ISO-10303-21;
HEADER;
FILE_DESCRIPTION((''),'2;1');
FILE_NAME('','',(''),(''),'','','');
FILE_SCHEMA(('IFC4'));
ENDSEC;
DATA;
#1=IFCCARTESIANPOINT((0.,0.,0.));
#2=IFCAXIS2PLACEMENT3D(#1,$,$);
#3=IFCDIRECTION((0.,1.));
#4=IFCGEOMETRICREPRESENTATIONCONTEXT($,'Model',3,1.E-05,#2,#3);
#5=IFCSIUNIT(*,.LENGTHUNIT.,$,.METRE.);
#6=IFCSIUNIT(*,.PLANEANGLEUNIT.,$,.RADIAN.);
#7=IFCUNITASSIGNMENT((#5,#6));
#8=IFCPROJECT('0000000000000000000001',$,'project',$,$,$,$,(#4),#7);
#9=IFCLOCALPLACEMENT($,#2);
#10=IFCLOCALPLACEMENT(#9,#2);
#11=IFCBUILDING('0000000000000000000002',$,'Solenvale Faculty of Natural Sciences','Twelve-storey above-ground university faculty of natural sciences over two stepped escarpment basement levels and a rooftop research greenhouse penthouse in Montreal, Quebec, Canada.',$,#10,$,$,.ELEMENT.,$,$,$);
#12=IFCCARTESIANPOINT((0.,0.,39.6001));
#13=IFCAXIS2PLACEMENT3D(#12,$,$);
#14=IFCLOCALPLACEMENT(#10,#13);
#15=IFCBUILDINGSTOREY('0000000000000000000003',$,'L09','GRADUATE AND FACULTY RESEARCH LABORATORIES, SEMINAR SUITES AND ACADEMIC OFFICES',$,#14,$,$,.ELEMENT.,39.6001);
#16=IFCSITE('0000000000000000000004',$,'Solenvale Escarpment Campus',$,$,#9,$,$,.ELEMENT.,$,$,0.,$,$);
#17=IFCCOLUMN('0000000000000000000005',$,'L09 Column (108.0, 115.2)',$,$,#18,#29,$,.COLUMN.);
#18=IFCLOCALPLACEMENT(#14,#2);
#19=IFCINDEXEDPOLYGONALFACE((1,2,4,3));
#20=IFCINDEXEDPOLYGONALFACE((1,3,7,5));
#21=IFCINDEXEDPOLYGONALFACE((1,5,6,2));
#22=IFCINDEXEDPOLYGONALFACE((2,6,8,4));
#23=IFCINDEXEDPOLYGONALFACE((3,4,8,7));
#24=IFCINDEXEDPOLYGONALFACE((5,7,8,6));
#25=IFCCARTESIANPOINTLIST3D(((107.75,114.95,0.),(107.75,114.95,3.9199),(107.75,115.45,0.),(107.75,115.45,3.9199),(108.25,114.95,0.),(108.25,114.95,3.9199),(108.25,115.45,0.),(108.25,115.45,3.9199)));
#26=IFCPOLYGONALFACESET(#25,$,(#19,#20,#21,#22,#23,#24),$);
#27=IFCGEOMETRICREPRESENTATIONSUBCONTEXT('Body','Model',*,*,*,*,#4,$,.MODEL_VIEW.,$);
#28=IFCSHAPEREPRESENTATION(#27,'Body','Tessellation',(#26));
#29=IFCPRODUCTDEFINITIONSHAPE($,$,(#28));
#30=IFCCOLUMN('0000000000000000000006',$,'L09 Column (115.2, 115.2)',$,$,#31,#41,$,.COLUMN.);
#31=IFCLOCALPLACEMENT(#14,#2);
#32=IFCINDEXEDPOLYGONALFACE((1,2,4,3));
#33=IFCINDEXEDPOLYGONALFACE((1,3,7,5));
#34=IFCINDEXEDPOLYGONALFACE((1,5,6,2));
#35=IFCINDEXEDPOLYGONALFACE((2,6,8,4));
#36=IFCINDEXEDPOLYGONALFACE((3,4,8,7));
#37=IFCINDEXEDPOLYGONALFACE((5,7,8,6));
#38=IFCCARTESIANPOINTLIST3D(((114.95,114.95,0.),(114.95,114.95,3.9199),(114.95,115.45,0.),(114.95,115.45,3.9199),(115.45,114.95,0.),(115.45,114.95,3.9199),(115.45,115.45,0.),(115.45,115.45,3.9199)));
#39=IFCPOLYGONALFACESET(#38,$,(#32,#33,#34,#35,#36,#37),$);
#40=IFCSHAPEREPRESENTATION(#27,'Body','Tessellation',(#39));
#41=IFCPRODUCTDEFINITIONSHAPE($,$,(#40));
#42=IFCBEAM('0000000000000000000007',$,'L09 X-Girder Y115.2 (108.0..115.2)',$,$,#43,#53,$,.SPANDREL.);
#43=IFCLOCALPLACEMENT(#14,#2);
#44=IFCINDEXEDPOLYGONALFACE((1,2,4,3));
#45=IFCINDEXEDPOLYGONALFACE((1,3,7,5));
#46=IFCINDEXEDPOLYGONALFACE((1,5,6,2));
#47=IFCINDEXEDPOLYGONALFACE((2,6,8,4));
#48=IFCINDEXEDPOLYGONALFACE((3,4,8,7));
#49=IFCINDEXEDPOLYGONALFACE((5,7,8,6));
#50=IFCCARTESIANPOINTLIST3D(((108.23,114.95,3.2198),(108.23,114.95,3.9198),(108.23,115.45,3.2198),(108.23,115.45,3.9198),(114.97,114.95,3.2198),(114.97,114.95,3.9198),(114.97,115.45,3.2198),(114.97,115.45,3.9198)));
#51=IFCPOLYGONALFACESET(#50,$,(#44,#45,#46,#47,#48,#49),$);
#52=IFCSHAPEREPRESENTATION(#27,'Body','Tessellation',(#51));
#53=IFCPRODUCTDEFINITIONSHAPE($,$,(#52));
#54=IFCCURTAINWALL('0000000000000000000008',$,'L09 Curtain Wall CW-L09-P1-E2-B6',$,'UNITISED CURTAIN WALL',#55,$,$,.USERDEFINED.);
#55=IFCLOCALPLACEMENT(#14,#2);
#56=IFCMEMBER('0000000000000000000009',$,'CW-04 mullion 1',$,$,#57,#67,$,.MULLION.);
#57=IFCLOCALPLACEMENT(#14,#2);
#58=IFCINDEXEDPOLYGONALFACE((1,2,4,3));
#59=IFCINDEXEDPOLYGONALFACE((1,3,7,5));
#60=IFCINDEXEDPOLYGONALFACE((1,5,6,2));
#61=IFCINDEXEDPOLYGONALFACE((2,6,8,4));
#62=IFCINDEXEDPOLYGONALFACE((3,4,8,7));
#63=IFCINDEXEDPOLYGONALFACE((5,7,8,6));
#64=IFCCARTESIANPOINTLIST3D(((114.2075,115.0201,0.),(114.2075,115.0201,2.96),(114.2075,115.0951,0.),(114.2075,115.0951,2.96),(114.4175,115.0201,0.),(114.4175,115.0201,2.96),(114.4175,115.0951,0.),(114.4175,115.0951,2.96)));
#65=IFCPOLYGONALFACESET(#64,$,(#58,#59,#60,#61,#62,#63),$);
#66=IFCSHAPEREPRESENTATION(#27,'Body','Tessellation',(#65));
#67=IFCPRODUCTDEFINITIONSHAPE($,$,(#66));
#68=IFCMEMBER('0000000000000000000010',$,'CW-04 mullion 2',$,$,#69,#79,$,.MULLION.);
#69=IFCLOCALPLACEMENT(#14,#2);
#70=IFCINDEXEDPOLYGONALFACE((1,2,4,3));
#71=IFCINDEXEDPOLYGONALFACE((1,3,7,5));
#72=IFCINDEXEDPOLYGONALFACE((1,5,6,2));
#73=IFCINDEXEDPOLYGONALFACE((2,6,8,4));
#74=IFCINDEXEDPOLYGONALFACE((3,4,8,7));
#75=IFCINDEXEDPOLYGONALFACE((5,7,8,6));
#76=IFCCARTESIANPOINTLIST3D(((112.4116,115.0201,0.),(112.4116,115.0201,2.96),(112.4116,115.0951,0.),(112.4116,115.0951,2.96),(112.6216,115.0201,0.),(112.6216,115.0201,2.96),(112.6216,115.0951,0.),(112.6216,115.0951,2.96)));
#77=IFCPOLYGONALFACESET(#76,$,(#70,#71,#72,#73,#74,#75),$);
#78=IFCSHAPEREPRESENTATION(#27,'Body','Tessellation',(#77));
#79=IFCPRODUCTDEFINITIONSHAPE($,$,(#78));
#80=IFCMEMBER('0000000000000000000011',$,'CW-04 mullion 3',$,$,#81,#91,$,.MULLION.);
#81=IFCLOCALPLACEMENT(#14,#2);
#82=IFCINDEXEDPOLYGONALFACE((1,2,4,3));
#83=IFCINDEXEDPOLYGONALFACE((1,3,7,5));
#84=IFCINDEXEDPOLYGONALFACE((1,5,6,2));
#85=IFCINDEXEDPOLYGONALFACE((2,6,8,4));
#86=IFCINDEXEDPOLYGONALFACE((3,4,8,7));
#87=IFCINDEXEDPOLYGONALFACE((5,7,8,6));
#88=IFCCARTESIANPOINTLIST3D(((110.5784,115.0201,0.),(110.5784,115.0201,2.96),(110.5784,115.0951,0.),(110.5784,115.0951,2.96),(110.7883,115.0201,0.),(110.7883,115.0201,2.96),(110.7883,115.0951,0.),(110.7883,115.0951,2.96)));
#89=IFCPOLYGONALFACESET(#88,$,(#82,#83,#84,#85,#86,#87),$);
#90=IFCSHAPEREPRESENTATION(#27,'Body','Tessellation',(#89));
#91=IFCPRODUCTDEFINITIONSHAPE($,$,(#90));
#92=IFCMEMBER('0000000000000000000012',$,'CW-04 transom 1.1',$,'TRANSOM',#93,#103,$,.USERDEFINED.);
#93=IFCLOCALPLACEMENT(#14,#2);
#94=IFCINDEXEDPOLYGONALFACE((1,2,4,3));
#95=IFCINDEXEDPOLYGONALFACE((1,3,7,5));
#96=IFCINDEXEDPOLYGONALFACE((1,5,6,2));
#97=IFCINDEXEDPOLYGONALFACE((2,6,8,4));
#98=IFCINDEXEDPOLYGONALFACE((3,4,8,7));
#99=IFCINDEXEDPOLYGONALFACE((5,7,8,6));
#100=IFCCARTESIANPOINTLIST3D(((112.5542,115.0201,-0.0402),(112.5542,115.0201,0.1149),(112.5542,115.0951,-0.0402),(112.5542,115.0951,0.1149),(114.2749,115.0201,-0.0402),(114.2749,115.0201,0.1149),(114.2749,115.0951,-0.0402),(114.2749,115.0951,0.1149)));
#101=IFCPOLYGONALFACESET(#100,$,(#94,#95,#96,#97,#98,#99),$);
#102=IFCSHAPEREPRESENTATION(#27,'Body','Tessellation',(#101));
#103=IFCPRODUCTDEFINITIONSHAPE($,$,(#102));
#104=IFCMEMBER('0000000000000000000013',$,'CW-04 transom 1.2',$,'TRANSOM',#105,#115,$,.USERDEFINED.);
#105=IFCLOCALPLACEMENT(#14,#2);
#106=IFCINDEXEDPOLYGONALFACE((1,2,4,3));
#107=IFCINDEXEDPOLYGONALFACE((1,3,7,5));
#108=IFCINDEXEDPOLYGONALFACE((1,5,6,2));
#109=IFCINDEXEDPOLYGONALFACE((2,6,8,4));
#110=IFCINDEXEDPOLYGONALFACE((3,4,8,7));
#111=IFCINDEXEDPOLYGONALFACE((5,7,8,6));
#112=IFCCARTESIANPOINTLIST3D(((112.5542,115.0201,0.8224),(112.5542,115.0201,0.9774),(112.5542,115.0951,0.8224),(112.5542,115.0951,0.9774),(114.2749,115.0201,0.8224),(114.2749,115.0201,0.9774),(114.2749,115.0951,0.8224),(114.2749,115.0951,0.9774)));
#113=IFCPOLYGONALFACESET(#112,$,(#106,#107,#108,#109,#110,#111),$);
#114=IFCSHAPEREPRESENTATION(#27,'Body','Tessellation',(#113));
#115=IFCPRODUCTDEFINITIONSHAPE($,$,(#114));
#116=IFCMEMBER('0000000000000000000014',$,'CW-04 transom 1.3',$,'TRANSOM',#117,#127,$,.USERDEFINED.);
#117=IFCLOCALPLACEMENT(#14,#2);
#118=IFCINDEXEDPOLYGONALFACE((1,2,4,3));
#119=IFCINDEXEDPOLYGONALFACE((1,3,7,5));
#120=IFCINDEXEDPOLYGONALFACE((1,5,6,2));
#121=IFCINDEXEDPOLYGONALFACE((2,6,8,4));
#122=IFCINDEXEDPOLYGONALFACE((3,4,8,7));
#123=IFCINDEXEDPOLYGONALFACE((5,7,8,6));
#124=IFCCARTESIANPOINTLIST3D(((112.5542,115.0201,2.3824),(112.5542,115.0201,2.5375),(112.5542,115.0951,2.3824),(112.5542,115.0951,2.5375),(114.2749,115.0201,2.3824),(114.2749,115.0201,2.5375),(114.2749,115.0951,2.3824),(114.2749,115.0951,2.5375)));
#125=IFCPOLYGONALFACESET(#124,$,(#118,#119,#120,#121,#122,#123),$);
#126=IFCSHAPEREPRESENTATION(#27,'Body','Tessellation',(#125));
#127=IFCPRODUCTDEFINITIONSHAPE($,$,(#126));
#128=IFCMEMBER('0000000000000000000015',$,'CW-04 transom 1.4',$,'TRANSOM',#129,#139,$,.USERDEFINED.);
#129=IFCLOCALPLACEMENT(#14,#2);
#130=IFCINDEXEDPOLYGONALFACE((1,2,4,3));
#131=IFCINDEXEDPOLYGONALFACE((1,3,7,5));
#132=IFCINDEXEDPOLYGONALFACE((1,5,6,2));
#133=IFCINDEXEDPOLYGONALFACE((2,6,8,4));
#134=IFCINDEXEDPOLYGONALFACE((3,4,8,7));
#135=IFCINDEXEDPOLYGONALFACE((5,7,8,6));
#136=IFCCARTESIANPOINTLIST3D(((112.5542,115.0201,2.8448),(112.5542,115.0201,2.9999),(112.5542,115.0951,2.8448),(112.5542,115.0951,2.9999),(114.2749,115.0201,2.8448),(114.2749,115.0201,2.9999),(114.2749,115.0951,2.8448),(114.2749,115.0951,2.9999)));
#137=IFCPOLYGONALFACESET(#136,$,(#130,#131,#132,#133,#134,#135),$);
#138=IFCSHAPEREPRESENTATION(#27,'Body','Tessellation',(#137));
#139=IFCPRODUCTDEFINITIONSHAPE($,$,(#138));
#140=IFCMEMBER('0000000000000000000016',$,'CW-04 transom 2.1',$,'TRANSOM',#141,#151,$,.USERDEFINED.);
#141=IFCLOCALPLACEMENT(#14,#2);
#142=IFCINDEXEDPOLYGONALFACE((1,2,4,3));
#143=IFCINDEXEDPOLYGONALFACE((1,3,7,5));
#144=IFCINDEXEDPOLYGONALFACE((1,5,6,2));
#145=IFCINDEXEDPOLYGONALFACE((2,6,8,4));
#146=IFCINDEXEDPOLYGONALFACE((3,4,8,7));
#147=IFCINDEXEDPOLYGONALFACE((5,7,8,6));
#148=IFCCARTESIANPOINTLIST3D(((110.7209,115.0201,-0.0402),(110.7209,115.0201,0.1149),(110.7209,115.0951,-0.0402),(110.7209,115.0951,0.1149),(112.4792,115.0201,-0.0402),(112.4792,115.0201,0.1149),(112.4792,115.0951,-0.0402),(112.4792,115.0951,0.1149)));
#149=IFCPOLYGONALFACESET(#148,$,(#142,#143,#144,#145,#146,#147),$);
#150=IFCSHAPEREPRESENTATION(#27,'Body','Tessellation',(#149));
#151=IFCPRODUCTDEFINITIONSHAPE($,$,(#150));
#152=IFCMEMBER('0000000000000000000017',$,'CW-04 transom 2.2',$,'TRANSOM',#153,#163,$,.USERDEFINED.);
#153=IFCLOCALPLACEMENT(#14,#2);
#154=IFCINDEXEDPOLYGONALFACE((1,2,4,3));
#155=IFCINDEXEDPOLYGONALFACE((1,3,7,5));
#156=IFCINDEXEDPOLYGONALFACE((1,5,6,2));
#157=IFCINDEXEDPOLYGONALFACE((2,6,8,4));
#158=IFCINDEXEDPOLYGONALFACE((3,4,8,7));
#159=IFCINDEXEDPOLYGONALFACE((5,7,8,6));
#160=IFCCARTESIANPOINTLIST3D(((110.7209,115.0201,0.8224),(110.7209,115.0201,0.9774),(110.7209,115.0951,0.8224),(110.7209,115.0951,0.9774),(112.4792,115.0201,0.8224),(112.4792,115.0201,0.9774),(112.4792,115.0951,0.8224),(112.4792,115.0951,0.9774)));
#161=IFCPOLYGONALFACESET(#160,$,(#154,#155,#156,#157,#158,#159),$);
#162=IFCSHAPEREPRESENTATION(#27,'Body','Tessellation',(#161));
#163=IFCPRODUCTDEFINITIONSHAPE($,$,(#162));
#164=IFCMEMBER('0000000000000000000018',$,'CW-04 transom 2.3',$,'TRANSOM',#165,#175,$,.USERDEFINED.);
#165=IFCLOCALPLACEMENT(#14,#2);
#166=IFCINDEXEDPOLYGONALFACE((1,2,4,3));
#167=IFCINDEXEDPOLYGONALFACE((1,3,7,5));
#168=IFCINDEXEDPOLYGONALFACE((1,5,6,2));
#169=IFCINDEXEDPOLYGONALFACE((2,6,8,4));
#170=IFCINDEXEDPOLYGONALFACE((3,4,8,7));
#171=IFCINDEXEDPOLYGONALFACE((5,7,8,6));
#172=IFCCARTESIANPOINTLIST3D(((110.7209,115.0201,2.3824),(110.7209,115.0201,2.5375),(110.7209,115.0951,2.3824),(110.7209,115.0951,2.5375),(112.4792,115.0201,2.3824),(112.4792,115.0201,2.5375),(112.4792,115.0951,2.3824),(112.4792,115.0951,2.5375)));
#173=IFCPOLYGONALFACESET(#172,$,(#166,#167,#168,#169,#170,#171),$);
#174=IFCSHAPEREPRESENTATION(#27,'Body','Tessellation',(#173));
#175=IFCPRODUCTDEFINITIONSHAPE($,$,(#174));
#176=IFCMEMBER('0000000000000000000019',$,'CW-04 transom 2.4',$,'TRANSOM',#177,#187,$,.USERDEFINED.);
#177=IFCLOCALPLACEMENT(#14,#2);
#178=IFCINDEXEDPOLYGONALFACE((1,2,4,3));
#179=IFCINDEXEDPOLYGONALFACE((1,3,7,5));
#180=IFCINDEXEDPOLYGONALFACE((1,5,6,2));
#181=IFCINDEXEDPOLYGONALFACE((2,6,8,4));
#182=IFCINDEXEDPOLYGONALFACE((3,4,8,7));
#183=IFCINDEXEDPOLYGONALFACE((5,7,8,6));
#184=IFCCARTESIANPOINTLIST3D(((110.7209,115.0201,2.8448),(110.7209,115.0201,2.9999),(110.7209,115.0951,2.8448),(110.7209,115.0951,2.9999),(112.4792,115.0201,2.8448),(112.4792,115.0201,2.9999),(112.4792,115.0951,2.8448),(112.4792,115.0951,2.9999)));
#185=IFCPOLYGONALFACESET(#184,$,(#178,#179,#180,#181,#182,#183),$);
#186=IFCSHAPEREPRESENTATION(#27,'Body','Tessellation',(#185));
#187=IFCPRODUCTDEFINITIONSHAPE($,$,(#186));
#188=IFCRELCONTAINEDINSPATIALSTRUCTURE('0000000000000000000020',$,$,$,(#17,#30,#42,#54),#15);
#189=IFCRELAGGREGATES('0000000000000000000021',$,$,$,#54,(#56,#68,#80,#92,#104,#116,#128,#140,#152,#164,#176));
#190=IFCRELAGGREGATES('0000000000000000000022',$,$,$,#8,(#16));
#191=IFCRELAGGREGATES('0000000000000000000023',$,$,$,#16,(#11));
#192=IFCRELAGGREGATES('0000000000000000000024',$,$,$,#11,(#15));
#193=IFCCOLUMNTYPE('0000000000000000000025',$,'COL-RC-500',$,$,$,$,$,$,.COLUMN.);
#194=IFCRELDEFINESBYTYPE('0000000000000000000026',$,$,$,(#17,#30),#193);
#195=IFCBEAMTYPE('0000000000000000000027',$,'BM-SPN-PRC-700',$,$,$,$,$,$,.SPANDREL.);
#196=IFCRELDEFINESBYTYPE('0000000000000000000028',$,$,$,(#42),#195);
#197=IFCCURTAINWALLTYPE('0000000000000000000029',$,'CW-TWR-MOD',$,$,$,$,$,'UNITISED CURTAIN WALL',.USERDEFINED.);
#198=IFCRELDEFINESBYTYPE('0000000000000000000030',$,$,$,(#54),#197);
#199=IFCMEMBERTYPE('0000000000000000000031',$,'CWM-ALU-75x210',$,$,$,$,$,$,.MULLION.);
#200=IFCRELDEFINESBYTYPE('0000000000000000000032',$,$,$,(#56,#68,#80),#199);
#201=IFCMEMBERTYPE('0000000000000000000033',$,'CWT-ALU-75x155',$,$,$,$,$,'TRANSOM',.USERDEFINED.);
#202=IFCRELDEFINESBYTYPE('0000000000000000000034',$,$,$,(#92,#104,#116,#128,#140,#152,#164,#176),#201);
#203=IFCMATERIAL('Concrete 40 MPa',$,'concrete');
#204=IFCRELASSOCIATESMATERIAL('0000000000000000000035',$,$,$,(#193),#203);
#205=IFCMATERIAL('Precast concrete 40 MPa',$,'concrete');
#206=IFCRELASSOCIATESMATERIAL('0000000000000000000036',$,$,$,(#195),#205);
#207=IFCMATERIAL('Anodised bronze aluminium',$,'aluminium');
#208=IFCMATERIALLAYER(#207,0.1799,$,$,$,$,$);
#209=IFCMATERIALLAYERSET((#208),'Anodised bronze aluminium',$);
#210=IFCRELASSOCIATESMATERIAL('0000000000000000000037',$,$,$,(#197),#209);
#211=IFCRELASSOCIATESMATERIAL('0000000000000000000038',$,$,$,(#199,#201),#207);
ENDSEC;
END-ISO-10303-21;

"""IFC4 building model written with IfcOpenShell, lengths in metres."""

from ifc_helpers import new_model, si_unit, direction, frame, origin, origin_2d, place, context, subcontext, project, spatial, rectangle, extrude, material, layer, layer_set, material_profile, profile_set, type_object, element, aggregate, save


model = new_model("IFC4")

# Units and contexts
model_context = context("Model", 3, precision=1e-05, world=origin(), true_north=direction((0.0, 1.0)))
body_context = subcontext(model_context, "Body", "Model", "MODEL_VIEW")
ifc_project = project(units=[si_unit("LENGTHUNIT", "METRE"), si_unit("PLANEANGLEUNIT", "RADIAN")], contexts=[model_context])

# Site, building, storey
site_placement = place(None, origin())
site = spatial("IfcSite", under=ifc_project, at=site_placement, Name="Solenvale Escarpment Campus", CompositionType="ELEMENT", RefElevation=0.0)
building_placement = place(site_placement, origin())
building = spatial("IfcBuilding", under=site, at=building_placement, Name="Solenvale Faculty of Natural Sciences", Description="Twelve-storey above-ground university faculty of natural sciences over two stepped escarpment basement levels and a rooftop research greenhouse penthouse in Montreal, Quebec, Canada.", CompositionType="ELEMENT")
storey_placement = place(building_placement, frame((0.0, 0.0, 39.6001)))
storey = spatial("IfcBuildingStorey", under=building, at=storey_placement, Name="L09", Description="GRADUATE AND FACULTY RESEARCH LABORATORIES, SEMINAR SUITES AND ACADEMIC OFFICES", CompositionType="ELEMENT", Elevation=39.6001)

# Columns
ifc_material_1 = material(Name="Concrete 40 MPa", Category="concrete")
ifc_material_profile_1 = material_profile(ifc_material_1, rectangle(XDim=0.5, YDim=0.5, at=origin_2d()), Name="RC-COL-500x500")
ifc_profile_set_1 = profile_set([ifc_material_profile_1], Name="Concrete 40 MPa")
column_type = type_object("IfcColumnType", Name="COL-RC-500", PredefinedType="COLUMN", material=ifc_profile_set_1)
for number, where, z_axis, x_axis, name in (
    (1, (108.0, 115.2, 0.0), (0.0, 0.0, 1.0), (1.0, 0.0, 0.0), "L09 Column (108.0, 115.2)"),
    (2, (115.2, 115.2, 0.0), (0.0, 0.0, 1.0), (1.0, 0.0, 0.0), "L09 Column (115.2, 115.2)"),
):
    element("IfcColumn", number, at=place(storey_placement, frame(where, z_axis=z_axis, x_axis=x_axis)), inside=storey, type_object=column_type, Name=name, PredefinedType="COLUMN", context=body_context, shape_type="SweptSolid", body=[
        extrude(rectangle(XDim=0.5, YDim=0.5, at=origin_2d()), origin(), (0.0, 0.0, 1.0), 3.9199),
    ])

# Beam
ifc_material_2 = material(Name="Precast concrete 40 MPa", Category="concrete")
ifc_material_profile_2 = material_profile(ifc_material_2, rectangle(XDim=0.5, YDim=0.7, at=origin_2d()), Name="RC-BM-500x700")
ifc_profile_set_2 = profile_set([ifc_material_profile_2], Name="Precast concrete 40 MPa")
beam_type = type_object("IfcBeamType", Name="BM-SPN-PRC-700", PredefinedType="SPANDREL", material=ifc_profile_set_2)
beam_placement = place(storey_placement, frame((108.23, 115.2, 3.5698), z_axis=(1.0, 0.0, 0.0), x_axis=(0.0, 1.0, 0.0)))
element("IfcBeam", 3, at=beam_placement, inside=storey, type_object=beam_type, Name="L09 X-Girder Y115.2 (108.0..115.2)", PredefinedType="SPANDREL", context=body_context, shape_type="SweptSolid", body=[
    extrude(rectangle(XDim=0.5, YDim=0.7, at=origin_2d()), origin(), (0.0, 0.0, 1.0), 6.74),
])

# Curtain wall, members
ifc_material_3 = material(Name="Anodised bronze aluminium", Category="aluminium")
ifc_layer_1 = layer(ifc_material_3, 0.1799)
ifc_layer_set_1 = layer_set([ifc_layer_1], Name="Anodised bronze aluminium")
curtain_wall_type = type_object("IfcCurtainWallType", Name="CW-TWR-MOD", ElementType="UNITISED CURTAIN WALL", PredefinedType="USERDEFINED", material=ifc_layer_set_1)
curtain_wall_placement = place(storey_placement, origin())
curtain_wall = element("IfcCurtainWall", 4, at=curtain_wall_placement, inside=storey, type_object=curtain_wall_type, Name="L09 Curtain Wall CW-L09-P1-E2-B6", ObjectType="UNITISED CURTAIN WALL", PredefinedType="USERDEFINED")
ifc_material_profile_3 = material_profile(ifc_material_3, rectangle(XDim=0.075, YDim=0.21, at=origin_2d()), Name="ALU-MUL-75x210")
ifc_profile_set_3 = profile_set([ifc_material_profile_3], Name="Anodised bronze aluminium")
member_type_1 = type_object("IfcMemberType", Name="CWM-ALU-75x210", PredefinedType="MULLION", material=ifc_profile_set_3)
member_1_placement = place(storey_placement, frame((114.3125, 115.0576, 0.0), z_axis=(0.0, 0.0, 1.0), x_axis=(0.0, -1.0, 0.0)))
member_1 = element("IfcMember", 5, at=member_1_placement, type_object=member_type_1, Name="CW-04 mullion 1", PredefinedType="MULLION", context=body_context, shape_type="SweptSolid", body=[
    extrude(rectangle(XDim=0.075, YDim=0.21, at=origin_2d()), origin(), (0.0, 0.0, 1.0), 2.96),
])
member_2_placement = place(storey_placement, frame((112.5166, 115.0576, 0.0), z_axis=(0.0, 0.0, 1.0), x_axis=(0.0, -1.0, 0.0)))
member_2 = element("IfcMember", 6, at=member_2_placement, type_object=member_type_1, Name="CW-04 mullion 2", PredefinedType="MULLION", context=body_context, shape_type="SweptSolid", body=[
    extrude(rectangle(XDim=0.075, YDim=0.21, at=origin_2d()), origin(), (0.0, 0.0, 1.0), 2.96),
])
member_3_placement = place(storey_placement, frame((110.6833, 115.0576, 0.0), z_axis=(0.0, 0.0, 1.0), x_axis=(0.0, -1.0, 0.0)))
member_3 = element("IfcMember", 7, at=member_3_placement, type_object=member_type_1, Name="CW-04 mullion 3", PredefinedType="MULLION", context=body_context, shape_type="SweptSolid", body=[
    extrude(rectangle(XDim=0.075, YDim=0.21, at=origin_2d()), origin(), (0.0, 0.0, 1.0), 2.96),
])
ifc_material_profile_4 = material_profile(ifc_material_3, rectangle(XDim=0.075, YDim=0.155, at=origin_2d()), Name="ALU-TRN-75x155")
ifc_profile_set_4 = profile_set([ifc_material_profile_4], Name="Anodised bronze aluminium")
member_type_2 = type_object("IfcMemberType", Name="CWT-ALU-75x155", ElementType="TRANSOM", PredefinedType="USERDEFINED", material=ifc_profile_set_4)
member_4_placement = place(storey_placement, frame((114.2749, 115.0576, 0.0374), z_axis=(-1.0, 0.0, 0.0), x_axis=(0.0, -1.0, 0.0)))
member_4 = element("IfcMember", 8, at=member_4_placement, type_object=member_type_2, Name="CW-04 transom 1.1", ObjectType="TRANSOM", PredefinedType="USERDEFINED", context=body_context, shape_type="SweptSolid", body=[
    extrude(rectangle(XDim=0.075, YDim=0.155, at=origin_2d()), origin(), (0.0, 0.0, 1.0), 1.7207),
])
member_5_placement = place(storey_placement, frame((114.2749, 115.0576, 0.8999), z_axis=(-1.0, 0.0, 0.0), x_axis=(0.0, -1.0, 0.0)))
member_5 = element("IfcMember", 9, at=member_5_placement, type_object=member_type_2, Name="CW-04 transom 1.2", ObjectType="TRANSOM", PredefinedType="USERDEFINED", context=body_context, shape_type="SweptSolid", body=[
    extrude(rectangle(XDim=0.075, YDim=0.155, at=origin_2d()), origin(), (0.0, 0.0, 1.0), 1.7207),
])
member_6_placement = place(storey_placement, frame((114.2749, 115.0576, 2.46), z_axis=(-1.0, 0.0, 0.0), x_axis=(0.0, -1.0, 0.0)))
member_6 = element("IfcMember", 10, at=member_6_placement, type_object=member_type_2, Name="CW-04 transom 1.3", ObjectType="TRANSOM", PredefinedType="USERDEFINED", context=body_context, shape_type="SweptSolid", body=[
    extrude(rectangle(XDim=0.075, YDim=0.155, at=origin_2d()), origin(), (0.0, 0.0, 1.0), 1.7207),
])
member_7_placement = place(storey_placement, frame((114.2749, 115.0576, 2.9224), z_axis=(-1.0, 0.0, 0.0), x_axis=(0.0, -1.0, 0.0)))
member_7 = element("IfcMember", 11, at=member_7_placement, type_object=member_type_2, Name="CW-04 transom 1.4", ObjectType="TRANSOM", PredefinedType="USERDEFINED", context=body_context, shape_type="SweptSolid", body=[
    extrude(rectangle(XDim=0.075, YDim=0.155, at=origin_2d()), origin(), (0.0, 0.0, 1.0), 1.7207),
])
member_8_placement = place(storey_placement, frame((112.4792, 115.0576, 0.0374), z_axis=(-1.0, 0.0, 0.0), x_axis=(0.0, -1.0, 0.0)))
member_8 = element("IfcMember", 12, at=member_8_placement, type_object=member_type_2, Name="CW-04 transom 2.1", ObjectType="TRANSOM", PredefinedType="USERDEFINED", context=body_context, shape_type="SweptSolid", body=[
    extrude(rectangle(XDim=0.075, YDim=0.155, at=origin_2d()), origin(), (0.0, 0.0, 1.0), 1.7583),
])
member_9_placement = place(storey_placement, frame((112.4792, 115.0576, 0.8999), z_axis=(-1.0, 0.0, 0.0), x_axis=(0.0, -1.0, 0.0)))
member_9 = element("IfcMember", 13, at=member_9_placement, type_object=member_type_2, Name="CW-04 transom 2.2", ObjectType="TRANSOM", PredefinedType="USERDEFINED", context=body_context, shape_type="SweptSolid", body=[
    extrude(rectangle(XDim=0.075, YDim=0.155, at=origin_2d()), origin(), (0.0, 0.0, 1.0), 1.7583),
])
member_10_placement = place(storey_placement, frame((112.4792, 115.0576, 2.46), z_axis=(-1.0, 0.0, 0.0), x_axis=(0.0, -1.0, 0.0)))
member_10 = element("IfcMember", 14, at=member_10_placement, type_object=member_type_2, Name="CW-04 transom 2.3", ObjectType="TRANSOM", PredefinedType="USERDEFINED", context=body_context, shape_type="SweptSolid", body=[
    extrude(rectangle(XDim=0.075, YDim=0.155, at=origin_2d()), origin(), (0.0, 0.0, 1.0), 1.7583),
])
member_11_placement = place(storey_placement, frame((112.4792, 115.0576, 2.9224), z_axis=(-1.0, 0.0, 0.0), x_axis=(0.0, -1.0, 0.0)))
member_11 = element("IfcMember", 15, at=member_11_placement, type_object=member_type_2, Name="CW-04 transom 2.4", ObjectType="TRANSOM", PredefinedType="USERDEFINED", context=body_context, shape_type="SweptSolid", body=[
    extrude(rectangle(XDim=0.075, YDim=0.155, at=origin_2d()), origin(), (0.0, 0.0, 1.0), 1.7583),
])
aggregate(curtain_wall, [member_1, member_2, member_3, member_4, member_5, member_6, member_7, member_8, member_9, member_10, member_11])

save(model, "model.ifc")
